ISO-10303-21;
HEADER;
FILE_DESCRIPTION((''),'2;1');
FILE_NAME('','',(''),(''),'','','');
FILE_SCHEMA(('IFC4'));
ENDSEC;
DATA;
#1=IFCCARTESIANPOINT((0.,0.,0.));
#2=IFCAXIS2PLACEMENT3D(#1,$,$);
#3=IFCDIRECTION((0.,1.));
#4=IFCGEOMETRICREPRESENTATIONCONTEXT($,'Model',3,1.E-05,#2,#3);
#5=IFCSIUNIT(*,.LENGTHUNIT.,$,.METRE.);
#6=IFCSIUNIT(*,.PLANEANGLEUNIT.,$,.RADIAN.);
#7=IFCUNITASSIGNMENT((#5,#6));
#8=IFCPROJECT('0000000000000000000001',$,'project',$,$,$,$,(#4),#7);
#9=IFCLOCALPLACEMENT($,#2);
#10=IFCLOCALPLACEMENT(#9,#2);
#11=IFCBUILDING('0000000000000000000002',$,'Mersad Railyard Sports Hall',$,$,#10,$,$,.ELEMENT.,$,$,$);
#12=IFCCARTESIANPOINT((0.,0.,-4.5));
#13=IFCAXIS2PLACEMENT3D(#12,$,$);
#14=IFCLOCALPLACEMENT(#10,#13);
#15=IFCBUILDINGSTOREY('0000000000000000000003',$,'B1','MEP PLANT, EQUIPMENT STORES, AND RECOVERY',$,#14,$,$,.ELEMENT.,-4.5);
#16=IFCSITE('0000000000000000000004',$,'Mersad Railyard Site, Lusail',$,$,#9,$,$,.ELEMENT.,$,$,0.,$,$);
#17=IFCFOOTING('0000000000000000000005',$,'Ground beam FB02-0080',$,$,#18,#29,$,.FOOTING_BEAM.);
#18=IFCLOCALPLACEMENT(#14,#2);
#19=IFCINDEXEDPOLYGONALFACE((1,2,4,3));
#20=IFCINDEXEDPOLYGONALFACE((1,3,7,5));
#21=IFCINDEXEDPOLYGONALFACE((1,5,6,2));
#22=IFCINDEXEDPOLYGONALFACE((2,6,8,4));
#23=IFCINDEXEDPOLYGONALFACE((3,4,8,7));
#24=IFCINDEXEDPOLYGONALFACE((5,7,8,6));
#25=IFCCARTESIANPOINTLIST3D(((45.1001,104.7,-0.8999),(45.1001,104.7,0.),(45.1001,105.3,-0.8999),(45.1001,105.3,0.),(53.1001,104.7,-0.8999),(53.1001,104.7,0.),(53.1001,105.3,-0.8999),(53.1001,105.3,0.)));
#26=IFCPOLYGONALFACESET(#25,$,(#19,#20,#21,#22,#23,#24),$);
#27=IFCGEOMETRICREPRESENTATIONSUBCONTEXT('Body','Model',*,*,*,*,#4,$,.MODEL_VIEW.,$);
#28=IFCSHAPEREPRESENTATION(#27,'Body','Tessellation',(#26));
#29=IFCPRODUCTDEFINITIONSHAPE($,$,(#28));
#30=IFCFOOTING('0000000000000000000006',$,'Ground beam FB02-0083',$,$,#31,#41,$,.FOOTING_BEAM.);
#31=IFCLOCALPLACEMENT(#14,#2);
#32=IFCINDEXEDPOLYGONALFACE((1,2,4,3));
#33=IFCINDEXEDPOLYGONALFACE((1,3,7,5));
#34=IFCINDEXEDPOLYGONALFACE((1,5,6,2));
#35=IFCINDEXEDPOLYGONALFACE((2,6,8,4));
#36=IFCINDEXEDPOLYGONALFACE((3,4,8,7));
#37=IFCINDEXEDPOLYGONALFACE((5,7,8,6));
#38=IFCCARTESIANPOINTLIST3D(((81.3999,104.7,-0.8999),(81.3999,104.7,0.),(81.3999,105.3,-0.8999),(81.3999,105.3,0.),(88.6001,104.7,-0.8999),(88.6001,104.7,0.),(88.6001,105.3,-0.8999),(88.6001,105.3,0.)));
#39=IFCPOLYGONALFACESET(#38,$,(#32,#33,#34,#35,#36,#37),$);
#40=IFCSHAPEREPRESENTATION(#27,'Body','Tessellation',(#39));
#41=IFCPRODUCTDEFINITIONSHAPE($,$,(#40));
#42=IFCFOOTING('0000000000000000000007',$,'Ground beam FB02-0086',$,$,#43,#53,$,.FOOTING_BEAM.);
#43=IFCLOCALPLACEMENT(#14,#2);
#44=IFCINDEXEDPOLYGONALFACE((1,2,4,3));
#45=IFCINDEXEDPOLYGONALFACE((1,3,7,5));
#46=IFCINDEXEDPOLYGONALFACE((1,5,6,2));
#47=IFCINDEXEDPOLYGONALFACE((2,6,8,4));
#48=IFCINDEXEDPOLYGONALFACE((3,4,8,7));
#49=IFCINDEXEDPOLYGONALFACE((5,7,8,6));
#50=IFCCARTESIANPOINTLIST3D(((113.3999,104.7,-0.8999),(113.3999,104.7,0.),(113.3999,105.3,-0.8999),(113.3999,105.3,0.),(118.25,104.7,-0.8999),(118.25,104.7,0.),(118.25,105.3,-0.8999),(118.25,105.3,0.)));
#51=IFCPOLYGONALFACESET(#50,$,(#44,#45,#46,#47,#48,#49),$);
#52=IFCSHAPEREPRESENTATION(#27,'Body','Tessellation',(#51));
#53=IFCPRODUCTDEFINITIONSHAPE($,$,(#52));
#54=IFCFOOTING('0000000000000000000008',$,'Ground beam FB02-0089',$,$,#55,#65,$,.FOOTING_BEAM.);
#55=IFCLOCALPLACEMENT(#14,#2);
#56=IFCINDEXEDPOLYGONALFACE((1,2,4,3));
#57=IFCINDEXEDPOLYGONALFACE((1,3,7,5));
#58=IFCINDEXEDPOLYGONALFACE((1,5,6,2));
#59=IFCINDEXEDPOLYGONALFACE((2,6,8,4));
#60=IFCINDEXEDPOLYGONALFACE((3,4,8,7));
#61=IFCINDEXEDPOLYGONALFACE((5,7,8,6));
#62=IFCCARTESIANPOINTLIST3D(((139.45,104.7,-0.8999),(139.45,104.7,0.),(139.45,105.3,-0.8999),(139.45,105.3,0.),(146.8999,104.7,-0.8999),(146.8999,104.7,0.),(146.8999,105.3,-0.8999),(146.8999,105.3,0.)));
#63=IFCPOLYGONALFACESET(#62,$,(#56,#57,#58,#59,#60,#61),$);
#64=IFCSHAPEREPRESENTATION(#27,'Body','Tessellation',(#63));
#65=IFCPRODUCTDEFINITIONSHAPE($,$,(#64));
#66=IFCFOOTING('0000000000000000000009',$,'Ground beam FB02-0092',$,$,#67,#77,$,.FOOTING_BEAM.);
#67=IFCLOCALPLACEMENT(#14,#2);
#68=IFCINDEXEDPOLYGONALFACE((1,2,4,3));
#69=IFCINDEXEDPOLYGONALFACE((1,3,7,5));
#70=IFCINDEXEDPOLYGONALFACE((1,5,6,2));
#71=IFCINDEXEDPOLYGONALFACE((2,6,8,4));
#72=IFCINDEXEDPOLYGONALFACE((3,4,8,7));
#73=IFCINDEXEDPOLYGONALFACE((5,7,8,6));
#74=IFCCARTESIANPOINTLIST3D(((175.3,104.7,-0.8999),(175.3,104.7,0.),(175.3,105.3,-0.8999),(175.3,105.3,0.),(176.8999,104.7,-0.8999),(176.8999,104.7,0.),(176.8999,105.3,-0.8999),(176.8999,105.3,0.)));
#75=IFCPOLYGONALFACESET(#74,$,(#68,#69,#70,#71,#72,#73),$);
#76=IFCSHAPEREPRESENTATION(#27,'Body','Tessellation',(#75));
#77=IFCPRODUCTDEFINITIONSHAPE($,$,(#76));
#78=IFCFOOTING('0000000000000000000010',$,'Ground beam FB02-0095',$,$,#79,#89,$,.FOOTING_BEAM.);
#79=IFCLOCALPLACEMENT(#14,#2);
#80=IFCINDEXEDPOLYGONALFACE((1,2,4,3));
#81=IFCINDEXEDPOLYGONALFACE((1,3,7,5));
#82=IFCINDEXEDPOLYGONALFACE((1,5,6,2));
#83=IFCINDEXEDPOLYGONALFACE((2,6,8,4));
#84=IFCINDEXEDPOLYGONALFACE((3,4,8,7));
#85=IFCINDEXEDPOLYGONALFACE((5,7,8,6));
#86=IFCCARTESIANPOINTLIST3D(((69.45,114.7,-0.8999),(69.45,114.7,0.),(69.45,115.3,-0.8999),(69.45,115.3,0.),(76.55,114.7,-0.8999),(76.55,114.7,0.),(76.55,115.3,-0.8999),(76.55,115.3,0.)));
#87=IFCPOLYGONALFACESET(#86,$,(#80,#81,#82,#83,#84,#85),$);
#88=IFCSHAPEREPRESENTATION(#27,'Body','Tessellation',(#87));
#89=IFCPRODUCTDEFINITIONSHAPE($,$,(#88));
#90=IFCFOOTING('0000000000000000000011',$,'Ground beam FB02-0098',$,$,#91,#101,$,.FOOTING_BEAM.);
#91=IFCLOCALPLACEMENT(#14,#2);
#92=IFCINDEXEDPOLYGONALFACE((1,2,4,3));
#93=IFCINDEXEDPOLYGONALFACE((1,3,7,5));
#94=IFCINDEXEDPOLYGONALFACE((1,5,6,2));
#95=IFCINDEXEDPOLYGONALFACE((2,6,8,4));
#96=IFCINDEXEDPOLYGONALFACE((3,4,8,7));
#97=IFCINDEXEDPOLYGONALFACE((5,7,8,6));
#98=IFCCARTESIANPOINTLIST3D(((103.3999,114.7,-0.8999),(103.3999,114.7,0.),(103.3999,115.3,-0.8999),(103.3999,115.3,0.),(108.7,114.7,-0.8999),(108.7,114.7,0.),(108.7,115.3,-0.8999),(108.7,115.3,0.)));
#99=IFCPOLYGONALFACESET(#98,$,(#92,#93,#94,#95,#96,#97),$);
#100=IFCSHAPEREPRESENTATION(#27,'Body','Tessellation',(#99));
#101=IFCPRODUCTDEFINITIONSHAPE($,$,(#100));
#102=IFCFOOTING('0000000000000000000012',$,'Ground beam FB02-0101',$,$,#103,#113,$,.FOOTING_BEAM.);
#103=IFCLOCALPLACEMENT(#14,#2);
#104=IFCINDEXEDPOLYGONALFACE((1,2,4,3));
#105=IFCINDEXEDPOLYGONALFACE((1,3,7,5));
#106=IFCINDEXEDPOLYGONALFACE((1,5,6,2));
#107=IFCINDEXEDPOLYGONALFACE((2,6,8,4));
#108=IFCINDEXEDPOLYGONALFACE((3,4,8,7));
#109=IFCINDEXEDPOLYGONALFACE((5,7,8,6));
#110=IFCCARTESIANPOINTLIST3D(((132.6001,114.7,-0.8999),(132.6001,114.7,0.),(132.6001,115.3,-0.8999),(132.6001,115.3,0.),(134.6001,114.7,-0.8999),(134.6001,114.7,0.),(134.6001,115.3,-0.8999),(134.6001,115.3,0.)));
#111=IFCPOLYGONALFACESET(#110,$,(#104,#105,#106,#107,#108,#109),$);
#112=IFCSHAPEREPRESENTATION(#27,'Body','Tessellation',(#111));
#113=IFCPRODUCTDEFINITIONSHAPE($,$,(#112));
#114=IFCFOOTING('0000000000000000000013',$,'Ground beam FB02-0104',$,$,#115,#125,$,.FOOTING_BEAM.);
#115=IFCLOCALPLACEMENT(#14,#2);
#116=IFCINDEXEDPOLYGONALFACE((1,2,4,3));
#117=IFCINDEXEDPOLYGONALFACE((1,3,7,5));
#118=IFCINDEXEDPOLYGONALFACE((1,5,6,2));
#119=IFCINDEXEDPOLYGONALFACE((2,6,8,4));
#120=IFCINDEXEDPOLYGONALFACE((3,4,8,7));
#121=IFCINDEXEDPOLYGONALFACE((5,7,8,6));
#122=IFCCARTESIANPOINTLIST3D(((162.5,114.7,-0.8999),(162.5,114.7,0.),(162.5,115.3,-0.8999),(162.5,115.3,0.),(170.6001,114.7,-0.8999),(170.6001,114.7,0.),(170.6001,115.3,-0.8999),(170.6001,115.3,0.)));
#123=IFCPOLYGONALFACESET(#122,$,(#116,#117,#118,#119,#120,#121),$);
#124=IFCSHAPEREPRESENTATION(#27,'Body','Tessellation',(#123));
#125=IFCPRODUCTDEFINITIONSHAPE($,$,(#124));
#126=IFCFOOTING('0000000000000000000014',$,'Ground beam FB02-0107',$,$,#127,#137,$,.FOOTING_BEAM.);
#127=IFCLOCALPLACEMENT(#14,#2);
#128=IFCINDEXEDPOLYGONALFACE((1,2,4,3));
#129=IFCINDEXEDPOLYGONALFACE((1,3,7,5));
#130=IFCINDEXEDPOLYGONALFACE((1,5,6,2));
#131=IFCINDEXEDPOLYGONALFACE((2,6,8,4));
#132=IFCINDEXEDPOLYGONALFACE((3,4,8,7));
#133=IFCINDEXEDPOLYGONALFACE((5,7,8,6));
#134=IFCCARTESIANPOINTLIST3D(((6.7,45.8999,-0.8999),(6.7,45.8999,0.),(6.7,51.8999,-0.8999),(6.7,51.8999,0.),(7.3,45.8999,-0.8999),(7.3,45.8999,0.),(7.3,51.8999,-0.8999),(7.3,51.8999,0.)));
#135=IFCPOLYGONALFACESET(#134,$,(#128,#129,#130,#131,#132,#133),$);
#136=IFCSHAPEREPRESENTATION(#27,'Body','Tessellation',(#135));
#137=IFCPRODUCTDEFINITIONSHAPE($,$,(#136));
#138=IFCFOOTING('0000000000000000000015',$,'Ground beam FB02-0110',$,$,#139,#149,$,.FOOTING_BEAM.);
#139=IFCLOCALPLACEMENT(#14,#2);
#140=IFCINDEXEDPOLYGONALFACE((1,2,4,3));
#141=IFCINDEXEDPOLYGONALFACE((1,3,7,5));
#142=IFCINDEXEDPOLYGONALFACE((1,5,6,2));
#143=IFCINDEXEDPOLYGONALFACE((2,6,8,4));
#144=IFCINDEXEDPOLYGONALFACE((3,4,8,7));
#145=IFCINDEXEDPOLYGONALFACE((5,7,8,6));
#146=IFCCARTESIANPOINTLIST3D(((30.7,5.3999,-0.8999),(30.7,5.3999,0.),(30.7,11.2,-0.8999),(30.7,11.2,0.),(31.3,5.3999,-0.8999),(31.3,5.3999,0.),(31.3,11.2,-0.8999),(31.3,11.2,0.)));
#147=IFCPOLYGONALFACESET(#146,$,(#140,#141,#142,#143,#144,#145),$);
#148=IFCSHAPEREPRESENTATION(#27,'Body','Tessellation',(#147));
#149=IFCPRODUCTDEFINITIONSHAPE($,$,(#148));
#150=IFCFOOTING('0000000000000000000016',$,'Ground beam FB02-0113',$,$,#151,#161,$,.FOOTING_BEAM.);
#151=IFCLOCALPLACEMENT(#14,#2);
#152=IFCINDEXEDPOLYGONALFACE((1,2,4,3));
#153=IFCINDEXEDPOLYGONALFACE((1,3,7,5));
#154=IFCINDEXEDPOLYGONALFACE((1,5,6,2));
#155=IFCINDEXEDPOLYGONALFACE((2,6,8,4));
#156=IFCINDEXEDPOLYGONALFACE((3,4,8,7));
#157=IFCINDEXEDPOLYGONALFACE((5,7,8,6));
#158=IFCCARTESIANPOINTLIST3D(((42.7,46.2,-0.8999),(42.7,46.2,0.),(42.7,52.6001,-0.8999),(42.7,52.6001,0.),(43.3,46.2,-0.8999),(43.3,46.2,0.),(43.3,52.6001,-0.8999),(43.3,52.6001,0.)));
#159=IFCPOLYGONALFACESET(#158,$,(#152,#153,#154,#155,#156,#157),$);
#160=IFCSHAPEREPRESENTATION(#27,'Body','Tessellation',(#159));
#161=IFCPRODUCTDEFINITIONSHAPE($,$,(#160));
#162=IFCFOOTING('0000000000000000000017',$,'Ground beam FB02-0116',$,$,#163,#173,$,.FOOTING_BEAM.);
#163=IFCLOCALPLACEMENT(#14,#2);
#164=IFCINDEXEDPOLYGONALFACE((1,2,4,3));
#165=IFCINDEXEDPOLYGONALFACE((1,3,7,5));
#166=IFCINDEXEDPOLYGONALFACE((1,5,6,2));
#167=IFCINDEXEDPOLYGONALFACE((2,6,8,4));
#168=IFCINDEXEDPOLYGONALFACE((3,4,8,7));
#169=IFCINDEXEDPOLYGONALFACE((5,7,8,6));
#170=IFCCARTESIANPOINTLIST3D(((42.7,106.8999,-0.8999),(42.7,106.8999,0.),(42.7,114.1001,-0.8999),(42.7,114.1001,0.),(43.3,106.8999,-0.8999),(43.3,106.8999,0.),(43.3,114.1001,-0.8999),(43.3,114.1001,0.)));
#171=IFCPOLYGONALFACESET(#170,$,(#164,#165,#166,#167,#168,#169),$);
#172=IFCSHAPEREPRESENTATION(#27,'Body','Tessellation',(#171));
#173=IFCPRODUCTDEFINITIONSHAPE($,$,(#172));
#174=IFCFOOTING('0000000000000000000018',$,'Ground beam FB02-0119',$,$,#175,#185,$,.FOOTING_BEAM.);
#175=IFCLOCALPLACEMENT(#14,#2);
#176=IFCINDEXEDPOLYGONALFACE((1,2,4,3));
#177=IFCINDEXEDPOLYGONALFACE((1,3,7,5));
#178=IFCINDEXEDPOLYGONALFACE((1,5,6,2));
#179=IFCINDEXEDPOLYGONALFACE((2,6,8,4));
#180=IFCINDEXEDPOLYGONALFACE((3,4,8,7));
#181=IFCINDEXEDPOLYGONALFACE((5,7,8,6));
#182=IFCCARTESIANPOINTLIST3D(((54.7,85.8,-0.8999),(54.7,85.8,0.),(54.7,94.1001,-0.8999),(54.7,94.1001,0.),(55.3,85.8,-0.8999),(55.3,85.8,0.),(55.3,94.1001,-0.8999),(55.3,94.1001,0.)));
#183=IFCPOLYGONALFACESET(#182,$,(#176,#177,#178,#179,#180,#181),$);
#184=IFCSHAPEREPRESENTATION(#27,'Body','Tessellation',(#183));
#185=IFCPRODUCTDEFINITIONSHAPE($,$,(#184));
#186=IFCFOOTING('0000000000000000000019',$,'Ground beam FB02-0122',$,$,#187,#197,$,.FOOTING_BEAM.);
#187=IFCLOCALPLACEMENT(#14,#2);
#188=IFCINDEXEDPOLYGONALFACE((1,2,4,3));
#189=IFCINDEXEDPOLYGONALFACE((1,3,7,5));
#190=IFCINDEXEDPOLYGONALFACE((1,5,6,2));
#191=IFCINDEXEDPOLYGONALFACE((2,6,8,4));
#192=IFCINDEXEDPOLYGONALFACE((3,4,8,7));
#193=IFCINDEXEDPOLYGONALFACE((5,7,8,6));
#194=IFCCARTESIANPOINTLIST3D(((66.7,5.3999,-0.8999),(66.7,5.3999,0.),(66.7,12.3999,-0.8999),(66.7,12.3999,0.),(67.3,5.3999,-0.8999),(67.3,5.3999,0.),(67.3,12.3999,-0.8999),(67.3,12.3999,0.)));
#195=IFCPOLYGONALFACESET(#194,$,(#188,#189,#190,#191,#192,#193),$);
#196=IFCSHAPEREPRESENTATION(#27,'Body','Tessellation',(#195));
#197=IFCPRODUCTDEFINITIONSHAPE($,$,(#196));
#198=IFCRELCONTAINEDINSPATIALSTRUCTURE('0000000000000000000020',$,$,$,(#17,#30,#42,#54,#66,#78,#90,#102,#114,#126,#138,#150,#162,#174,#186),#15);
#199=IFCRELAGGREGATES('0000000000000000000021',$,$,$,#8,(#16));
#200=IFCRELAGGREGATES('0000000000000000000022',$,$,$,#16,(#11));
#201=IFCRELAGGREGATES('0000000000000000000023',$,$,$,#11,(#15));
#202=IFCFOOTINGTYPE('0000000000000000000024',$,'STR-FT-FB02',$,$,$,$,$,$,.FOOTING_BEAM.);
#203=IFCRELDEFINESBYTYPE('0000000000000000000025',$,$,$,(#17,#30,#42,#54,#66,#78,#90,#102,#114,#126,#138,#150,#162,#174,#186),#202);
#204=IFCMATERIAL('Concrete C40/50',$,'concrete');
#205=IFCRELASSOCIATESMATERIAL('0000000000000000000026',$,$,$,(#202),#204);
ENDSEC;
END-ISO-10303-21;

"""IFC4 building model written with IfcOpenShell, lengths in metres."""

from ifc_helpers import new_model, si_unit, direction, frame, origin, place, context, subcontext, project, spatial, polyline, outline, extrude, material, type_object, element, save


model = new_model("IFC4")

# Units and contexts
model_context = context("Model", 3, precision=1e-05, world=origin(), true_north=direction((0.0, 1.0)))
body_context = subcontext(model_context, "Body", "Model", "MODEL_VIEW")
ifc_project = project(units=[si_unit("LENGTHUNIT", "METRE"), si_unit("PLANEANGLEUNIT", "RADIAN")], contexts=[model_context])

# Site, building, storey
site_placement = place(None, origin())
site = spatial("IfcSite", under=ifc_project, at=site_placement, Name="Mersad Railyard Site, Lusail", CompositionType="ELEMENT", RefElevation=0.0)
building_placement = place(site_placement, origin())
building = spatial("IfcBuilding", under=site, at=building_placement, Name="Mersad Railyard Sports Hall", CompositionType="ELEMENT")
storey_placement = place(building_placement, frame((0.0, 0.0, -4.5)))
storey = spatial("IfcBuildingStorey", under=building, at=storey_placement, Name="B1", Description="MEP PLANT, EQUIPMENT STORES, AND RECOVERY", CompositionType="ELEMENT", Elevation=-4.5)

# Footings
ifc_material = material(Name="Concrete C40/50", Category="concrete")
footing_type_1 = type_object("IfcFootingType", Name="STR-FT-FB02", PredefinedType="FOOTING_BEAM", material=ifc_material)
footing_1_placement = place(storey_placement, frame((0.0, 0.0, -0.8999)))
element("IfcFooting", 1, at=footing_1_placement, inside=storey, type_object=footing_type_1, Name="Ground beam FB02-0080", PredefinedType="FOOTING_BEAM", context=body_context, shape_type="SweptSolid", body=[
    extrude(outline(polyline([(45.1001, 104.7), (53.1001, 104.7), (53.1001, 105.3), (45.1001, 105.3), (45.1001, 104.7)])), origin(), (0.0, 0.0, 1.0), 0.8999),
])
footing_2_placement = place(storey_placement, frame((0.0, 0.0, -0.8999)))
element("IfcFooting", 2, at=footing_2_placement, inside=storey, type_object=footing_type_1, Name="Ground beam FB02-0083", PredefinedType="FOOTING_BEAM", context=body_context, shape_type="SweptSolid", body=[
    extrude(outline(polyline([(81.3999, 104.7), (88.6001, 104.7), (88.6001, 105.3), (81.3999, 105.3), (81.3999, 104.7)])), origin(), (0.0, 0.0, 1.0), 0.8999),
])
footing_3_placement = place(storey_placement, frame((0.0, 0.0, -0.8999)))
element("IfcFooting", 3, at=footing_3_placement, inside=storey, type_object=footing_type_1, Name="Ground beam FB02-0086", PredefinedType="FOOTING_BEAM", context=body_context, shape_type="SweptSolid", body=[
    extrude(outline(polyline([(113.3999, 104.7), (118.25, 104.7), (118.25, 105.3), (113.3999, 105.3), (113.3999, 104.7)])), origin(), (0.0, 0.0, 1.0), 0.8999),
])
footing_4_placement = place(storey_placement, frame((0.0, 0.0, -0.8999)))
element("IfcFooting", 4, at=footing_4_placement, inside=storey, type_object=footing_type_1, Name="Ground beam FB02-0089", PredefinedType="FOOTING_BEAM", context=body_context, shape_type="SweptSolid", body=[
    extrude(outline(polyline([(139.45, 104.7), (146.8999, 104.7), (146.8999, 105.3), (139.45, 105.3), (139.45, 104.7)])), origin(), (0.0, 0.0, 1.0), 0.8999),
])
footing_5_placement = place(storey_placement, frame((0.0, 0.0, -0.8999)))
element("IfcFooting", 5, at=footing_5_placement, inside=storey, type_object=footing_type_1, Name="Ground beam FB02-0092", PredefinedType="FOOTING_BEAM", context=body_context, shape_type="SweptSolid", body=[
    extrude(outline(polyline([(175.3, 104.7), (176.8999, 104.7), (176.8999, 105.3), (175.3, 105.3), (175.3, 104.7)])), origin(), (0.0, 0.0, 1.0), 0.8999),
])
footing_6_placement = place(storey_placement, frame((0.0, 0.0, -0.8999)))
element("IfcFooting", 6, at=footing_6_placement, inside=storey, type_object=footing_type_1, Name="Ground beam FB02-0095", PredefinedType="FOOTING_BEAM", context=body_context, shape_type="SweptSolid", body=[
    extrude(outline(polyline([(69.45, 114.7), (76.55, 114.7), (76.55, 115.3), (69.45, 115.3), (69.45, 114.7)])), origin(), (0.0, 0.0, 1.0), 0.8999),
])
footing_7_placement = place(storey_placement, frame((0.0, 0.0, -0.8999)))
element("IfcFooting", 7, at=footing_7_placement, inside=storey, type_object=footing_type_1, Name="Ground beam FB02-0098", PredefinedType="FOOTING_BEAM", context=body_context, shape_type="SweptSolid", body=[
    extrude(outline(polyline([(103.3999, 114.7), (108.7, 114.7), (108.7, 115.3), (103.3999, 115.3), (103.3999, 114.7)])), origin(), (0.0, 0.0, 1.0), 0.8999),
])
footing_8_placement = place(storey_placement, frame((0.0, 0.0, -0.8999)))
element("IfcFooting", 8, at=footing_8_placement, inside=storey, type_object=footing_type_1, Name="Ground beam FB02-0101", PredefinedType="FOOTING_BEAM", context=body_context, shape_type="SweptSolid", body=[
    extrude(outline(polyline([(132.6001, 114.7), (134.6001, 114.7), (134.6001, 115.3), (132.6001, 115.3), (132.6001, 114.7)])), origin(), (0.0, 0.0, 1.0), 0.8999),
])
footing_9_placement = place(storey_placement, frame((0.0, 0.0, -0.8999)))
element("IfcFooting", 9, at=footing_9_placement, inside=storey, type_object=footing_type_1, Name="Ground beam FB02-0104", PredefinedType="FOOTING_BEAM", context=body_context, shape_type="SweptSolid", body=[
    extrude(outline(polyline([(162.5, 114.7), (170.6001, 114.7), (170.6001, 115.3), (162.5, 115.3), (162.5, 114.7)])), origin(), (0.0, 0.0, 1.0), 0.8999),
])
footing_10_placement = place(storey_placement, frame((0.0, 0.0, -0.8999)))
element("IfcFooting", 10, at=footing_10_placement, inside=storey, type_object=footing_type_1, Name="Ground beam FB02-0107", PredefinedType="FOOTING_BEAM", context=body_context, shape_type="SweptSolid", body=[
    extrude(outline(polyline([(6.7, 45.8999), (7.3, 45.8999), (7.3, 51.8999), (6.7, 51.8999), (6.7, 45.8999)])), origin(), (0.0, 0.0, 1.0), 0.8999),
])
footing_11_placement = place(storey_placement, frame((0.0, 0.0, -0.8999)))
element("IfcFooting", 11, at=footing_11_placement, inside=storey, type_object=footing_type_1, Name="Ground beam FB02-0110", PredefinedType="FOOTING_BEAM", context=body_context, shape_type="SweptSolid", body=[
    extrude(outline(polyline([(30.7, 5.3999), (31.3, 5.3999), (31.3, 11.2), (30.7, 11.2), (30.7, 5.3999)])), origin(), (0.0, 0.0, 1.0), 0.8999),
])
footing_12_placement = place(storey_placement, frame((0.0, 0.0, -0.8999)))
element("IfcFooting", 12, at=footing_12_placement, inside=storey, type_object=footing_type_1, Name="Ground beam FB02-0113", PredefinedType="FOOTING_BEAM", context=body_context, shape_type="SweptSolid", body=[
    extrude(outline(polyline([(42.7, 46.2), (43.3, 46.2), (43.3, 52.6001), (42.7, 52.6001), (42.7, 46.2)])), origin(), (0.0, 0.0, 1.0), 0.8999),
])
footing_13_placement = place(storey_placement, frame((0.0, 0.0, -0.8999)))
element("IfcFooting", 13, at=footing_13_placement, inside=storey, type_object=footing_type_1, Name="Ground beam FB02-0116", PredefinedType="FOOTING_BEAM", context=body_context, shape_type="SweptSolid", body=[
    extrude(outline(polyline([(42.7, 106.8999), (43.3, 106.8999), (43.3, 114.1001), (42.7, 114.1001), (42.7, 106.8999)])), origin(), (0.0, 0.0, 1.0), 0.8999),
])
footing_14_placement = place(storey_placement, frame((0.0, 0.0, -0.8999)))
element("IfcFooting", 14, at=footing_14_placement, inside=storey, type_object=footing_type_1, Name="Ground beam FB02-0119", PredefinedType="FOOTING_BEAM", context=body_context, shape_type="SweptSolid", body=[
    extrude(outline(polyline([(54.7, 85.8), (55.3, 85.8), (55.3, 94.1001), (54.7, 94.1001), (54.7, 85.8)])), origin(), (0.0, 0.0, 1.0), 0.8999),
])
footing_15_placement = place(storey_placement, frame((0.0, 0.0, -0.8999)))
element("IfcFooting", 15, at=footing_15_placement, inside=storey, type_object=footing_type_1, Name="Ground beam FB02-0122", PredefinedType="FOOTING_BEAM", context=body_context, shape_type="SweptSolid", body=[
    extrude(outline(polyline([(66.7, 5.3999), (67.3, 5.3999), (67.3, 12.3999), (66.7, 12.3999), (66.7, 5.3999)])), origin(), (0.0, 0.0, 1.0), 0.8999),
])

save(model, "model.ifc")
